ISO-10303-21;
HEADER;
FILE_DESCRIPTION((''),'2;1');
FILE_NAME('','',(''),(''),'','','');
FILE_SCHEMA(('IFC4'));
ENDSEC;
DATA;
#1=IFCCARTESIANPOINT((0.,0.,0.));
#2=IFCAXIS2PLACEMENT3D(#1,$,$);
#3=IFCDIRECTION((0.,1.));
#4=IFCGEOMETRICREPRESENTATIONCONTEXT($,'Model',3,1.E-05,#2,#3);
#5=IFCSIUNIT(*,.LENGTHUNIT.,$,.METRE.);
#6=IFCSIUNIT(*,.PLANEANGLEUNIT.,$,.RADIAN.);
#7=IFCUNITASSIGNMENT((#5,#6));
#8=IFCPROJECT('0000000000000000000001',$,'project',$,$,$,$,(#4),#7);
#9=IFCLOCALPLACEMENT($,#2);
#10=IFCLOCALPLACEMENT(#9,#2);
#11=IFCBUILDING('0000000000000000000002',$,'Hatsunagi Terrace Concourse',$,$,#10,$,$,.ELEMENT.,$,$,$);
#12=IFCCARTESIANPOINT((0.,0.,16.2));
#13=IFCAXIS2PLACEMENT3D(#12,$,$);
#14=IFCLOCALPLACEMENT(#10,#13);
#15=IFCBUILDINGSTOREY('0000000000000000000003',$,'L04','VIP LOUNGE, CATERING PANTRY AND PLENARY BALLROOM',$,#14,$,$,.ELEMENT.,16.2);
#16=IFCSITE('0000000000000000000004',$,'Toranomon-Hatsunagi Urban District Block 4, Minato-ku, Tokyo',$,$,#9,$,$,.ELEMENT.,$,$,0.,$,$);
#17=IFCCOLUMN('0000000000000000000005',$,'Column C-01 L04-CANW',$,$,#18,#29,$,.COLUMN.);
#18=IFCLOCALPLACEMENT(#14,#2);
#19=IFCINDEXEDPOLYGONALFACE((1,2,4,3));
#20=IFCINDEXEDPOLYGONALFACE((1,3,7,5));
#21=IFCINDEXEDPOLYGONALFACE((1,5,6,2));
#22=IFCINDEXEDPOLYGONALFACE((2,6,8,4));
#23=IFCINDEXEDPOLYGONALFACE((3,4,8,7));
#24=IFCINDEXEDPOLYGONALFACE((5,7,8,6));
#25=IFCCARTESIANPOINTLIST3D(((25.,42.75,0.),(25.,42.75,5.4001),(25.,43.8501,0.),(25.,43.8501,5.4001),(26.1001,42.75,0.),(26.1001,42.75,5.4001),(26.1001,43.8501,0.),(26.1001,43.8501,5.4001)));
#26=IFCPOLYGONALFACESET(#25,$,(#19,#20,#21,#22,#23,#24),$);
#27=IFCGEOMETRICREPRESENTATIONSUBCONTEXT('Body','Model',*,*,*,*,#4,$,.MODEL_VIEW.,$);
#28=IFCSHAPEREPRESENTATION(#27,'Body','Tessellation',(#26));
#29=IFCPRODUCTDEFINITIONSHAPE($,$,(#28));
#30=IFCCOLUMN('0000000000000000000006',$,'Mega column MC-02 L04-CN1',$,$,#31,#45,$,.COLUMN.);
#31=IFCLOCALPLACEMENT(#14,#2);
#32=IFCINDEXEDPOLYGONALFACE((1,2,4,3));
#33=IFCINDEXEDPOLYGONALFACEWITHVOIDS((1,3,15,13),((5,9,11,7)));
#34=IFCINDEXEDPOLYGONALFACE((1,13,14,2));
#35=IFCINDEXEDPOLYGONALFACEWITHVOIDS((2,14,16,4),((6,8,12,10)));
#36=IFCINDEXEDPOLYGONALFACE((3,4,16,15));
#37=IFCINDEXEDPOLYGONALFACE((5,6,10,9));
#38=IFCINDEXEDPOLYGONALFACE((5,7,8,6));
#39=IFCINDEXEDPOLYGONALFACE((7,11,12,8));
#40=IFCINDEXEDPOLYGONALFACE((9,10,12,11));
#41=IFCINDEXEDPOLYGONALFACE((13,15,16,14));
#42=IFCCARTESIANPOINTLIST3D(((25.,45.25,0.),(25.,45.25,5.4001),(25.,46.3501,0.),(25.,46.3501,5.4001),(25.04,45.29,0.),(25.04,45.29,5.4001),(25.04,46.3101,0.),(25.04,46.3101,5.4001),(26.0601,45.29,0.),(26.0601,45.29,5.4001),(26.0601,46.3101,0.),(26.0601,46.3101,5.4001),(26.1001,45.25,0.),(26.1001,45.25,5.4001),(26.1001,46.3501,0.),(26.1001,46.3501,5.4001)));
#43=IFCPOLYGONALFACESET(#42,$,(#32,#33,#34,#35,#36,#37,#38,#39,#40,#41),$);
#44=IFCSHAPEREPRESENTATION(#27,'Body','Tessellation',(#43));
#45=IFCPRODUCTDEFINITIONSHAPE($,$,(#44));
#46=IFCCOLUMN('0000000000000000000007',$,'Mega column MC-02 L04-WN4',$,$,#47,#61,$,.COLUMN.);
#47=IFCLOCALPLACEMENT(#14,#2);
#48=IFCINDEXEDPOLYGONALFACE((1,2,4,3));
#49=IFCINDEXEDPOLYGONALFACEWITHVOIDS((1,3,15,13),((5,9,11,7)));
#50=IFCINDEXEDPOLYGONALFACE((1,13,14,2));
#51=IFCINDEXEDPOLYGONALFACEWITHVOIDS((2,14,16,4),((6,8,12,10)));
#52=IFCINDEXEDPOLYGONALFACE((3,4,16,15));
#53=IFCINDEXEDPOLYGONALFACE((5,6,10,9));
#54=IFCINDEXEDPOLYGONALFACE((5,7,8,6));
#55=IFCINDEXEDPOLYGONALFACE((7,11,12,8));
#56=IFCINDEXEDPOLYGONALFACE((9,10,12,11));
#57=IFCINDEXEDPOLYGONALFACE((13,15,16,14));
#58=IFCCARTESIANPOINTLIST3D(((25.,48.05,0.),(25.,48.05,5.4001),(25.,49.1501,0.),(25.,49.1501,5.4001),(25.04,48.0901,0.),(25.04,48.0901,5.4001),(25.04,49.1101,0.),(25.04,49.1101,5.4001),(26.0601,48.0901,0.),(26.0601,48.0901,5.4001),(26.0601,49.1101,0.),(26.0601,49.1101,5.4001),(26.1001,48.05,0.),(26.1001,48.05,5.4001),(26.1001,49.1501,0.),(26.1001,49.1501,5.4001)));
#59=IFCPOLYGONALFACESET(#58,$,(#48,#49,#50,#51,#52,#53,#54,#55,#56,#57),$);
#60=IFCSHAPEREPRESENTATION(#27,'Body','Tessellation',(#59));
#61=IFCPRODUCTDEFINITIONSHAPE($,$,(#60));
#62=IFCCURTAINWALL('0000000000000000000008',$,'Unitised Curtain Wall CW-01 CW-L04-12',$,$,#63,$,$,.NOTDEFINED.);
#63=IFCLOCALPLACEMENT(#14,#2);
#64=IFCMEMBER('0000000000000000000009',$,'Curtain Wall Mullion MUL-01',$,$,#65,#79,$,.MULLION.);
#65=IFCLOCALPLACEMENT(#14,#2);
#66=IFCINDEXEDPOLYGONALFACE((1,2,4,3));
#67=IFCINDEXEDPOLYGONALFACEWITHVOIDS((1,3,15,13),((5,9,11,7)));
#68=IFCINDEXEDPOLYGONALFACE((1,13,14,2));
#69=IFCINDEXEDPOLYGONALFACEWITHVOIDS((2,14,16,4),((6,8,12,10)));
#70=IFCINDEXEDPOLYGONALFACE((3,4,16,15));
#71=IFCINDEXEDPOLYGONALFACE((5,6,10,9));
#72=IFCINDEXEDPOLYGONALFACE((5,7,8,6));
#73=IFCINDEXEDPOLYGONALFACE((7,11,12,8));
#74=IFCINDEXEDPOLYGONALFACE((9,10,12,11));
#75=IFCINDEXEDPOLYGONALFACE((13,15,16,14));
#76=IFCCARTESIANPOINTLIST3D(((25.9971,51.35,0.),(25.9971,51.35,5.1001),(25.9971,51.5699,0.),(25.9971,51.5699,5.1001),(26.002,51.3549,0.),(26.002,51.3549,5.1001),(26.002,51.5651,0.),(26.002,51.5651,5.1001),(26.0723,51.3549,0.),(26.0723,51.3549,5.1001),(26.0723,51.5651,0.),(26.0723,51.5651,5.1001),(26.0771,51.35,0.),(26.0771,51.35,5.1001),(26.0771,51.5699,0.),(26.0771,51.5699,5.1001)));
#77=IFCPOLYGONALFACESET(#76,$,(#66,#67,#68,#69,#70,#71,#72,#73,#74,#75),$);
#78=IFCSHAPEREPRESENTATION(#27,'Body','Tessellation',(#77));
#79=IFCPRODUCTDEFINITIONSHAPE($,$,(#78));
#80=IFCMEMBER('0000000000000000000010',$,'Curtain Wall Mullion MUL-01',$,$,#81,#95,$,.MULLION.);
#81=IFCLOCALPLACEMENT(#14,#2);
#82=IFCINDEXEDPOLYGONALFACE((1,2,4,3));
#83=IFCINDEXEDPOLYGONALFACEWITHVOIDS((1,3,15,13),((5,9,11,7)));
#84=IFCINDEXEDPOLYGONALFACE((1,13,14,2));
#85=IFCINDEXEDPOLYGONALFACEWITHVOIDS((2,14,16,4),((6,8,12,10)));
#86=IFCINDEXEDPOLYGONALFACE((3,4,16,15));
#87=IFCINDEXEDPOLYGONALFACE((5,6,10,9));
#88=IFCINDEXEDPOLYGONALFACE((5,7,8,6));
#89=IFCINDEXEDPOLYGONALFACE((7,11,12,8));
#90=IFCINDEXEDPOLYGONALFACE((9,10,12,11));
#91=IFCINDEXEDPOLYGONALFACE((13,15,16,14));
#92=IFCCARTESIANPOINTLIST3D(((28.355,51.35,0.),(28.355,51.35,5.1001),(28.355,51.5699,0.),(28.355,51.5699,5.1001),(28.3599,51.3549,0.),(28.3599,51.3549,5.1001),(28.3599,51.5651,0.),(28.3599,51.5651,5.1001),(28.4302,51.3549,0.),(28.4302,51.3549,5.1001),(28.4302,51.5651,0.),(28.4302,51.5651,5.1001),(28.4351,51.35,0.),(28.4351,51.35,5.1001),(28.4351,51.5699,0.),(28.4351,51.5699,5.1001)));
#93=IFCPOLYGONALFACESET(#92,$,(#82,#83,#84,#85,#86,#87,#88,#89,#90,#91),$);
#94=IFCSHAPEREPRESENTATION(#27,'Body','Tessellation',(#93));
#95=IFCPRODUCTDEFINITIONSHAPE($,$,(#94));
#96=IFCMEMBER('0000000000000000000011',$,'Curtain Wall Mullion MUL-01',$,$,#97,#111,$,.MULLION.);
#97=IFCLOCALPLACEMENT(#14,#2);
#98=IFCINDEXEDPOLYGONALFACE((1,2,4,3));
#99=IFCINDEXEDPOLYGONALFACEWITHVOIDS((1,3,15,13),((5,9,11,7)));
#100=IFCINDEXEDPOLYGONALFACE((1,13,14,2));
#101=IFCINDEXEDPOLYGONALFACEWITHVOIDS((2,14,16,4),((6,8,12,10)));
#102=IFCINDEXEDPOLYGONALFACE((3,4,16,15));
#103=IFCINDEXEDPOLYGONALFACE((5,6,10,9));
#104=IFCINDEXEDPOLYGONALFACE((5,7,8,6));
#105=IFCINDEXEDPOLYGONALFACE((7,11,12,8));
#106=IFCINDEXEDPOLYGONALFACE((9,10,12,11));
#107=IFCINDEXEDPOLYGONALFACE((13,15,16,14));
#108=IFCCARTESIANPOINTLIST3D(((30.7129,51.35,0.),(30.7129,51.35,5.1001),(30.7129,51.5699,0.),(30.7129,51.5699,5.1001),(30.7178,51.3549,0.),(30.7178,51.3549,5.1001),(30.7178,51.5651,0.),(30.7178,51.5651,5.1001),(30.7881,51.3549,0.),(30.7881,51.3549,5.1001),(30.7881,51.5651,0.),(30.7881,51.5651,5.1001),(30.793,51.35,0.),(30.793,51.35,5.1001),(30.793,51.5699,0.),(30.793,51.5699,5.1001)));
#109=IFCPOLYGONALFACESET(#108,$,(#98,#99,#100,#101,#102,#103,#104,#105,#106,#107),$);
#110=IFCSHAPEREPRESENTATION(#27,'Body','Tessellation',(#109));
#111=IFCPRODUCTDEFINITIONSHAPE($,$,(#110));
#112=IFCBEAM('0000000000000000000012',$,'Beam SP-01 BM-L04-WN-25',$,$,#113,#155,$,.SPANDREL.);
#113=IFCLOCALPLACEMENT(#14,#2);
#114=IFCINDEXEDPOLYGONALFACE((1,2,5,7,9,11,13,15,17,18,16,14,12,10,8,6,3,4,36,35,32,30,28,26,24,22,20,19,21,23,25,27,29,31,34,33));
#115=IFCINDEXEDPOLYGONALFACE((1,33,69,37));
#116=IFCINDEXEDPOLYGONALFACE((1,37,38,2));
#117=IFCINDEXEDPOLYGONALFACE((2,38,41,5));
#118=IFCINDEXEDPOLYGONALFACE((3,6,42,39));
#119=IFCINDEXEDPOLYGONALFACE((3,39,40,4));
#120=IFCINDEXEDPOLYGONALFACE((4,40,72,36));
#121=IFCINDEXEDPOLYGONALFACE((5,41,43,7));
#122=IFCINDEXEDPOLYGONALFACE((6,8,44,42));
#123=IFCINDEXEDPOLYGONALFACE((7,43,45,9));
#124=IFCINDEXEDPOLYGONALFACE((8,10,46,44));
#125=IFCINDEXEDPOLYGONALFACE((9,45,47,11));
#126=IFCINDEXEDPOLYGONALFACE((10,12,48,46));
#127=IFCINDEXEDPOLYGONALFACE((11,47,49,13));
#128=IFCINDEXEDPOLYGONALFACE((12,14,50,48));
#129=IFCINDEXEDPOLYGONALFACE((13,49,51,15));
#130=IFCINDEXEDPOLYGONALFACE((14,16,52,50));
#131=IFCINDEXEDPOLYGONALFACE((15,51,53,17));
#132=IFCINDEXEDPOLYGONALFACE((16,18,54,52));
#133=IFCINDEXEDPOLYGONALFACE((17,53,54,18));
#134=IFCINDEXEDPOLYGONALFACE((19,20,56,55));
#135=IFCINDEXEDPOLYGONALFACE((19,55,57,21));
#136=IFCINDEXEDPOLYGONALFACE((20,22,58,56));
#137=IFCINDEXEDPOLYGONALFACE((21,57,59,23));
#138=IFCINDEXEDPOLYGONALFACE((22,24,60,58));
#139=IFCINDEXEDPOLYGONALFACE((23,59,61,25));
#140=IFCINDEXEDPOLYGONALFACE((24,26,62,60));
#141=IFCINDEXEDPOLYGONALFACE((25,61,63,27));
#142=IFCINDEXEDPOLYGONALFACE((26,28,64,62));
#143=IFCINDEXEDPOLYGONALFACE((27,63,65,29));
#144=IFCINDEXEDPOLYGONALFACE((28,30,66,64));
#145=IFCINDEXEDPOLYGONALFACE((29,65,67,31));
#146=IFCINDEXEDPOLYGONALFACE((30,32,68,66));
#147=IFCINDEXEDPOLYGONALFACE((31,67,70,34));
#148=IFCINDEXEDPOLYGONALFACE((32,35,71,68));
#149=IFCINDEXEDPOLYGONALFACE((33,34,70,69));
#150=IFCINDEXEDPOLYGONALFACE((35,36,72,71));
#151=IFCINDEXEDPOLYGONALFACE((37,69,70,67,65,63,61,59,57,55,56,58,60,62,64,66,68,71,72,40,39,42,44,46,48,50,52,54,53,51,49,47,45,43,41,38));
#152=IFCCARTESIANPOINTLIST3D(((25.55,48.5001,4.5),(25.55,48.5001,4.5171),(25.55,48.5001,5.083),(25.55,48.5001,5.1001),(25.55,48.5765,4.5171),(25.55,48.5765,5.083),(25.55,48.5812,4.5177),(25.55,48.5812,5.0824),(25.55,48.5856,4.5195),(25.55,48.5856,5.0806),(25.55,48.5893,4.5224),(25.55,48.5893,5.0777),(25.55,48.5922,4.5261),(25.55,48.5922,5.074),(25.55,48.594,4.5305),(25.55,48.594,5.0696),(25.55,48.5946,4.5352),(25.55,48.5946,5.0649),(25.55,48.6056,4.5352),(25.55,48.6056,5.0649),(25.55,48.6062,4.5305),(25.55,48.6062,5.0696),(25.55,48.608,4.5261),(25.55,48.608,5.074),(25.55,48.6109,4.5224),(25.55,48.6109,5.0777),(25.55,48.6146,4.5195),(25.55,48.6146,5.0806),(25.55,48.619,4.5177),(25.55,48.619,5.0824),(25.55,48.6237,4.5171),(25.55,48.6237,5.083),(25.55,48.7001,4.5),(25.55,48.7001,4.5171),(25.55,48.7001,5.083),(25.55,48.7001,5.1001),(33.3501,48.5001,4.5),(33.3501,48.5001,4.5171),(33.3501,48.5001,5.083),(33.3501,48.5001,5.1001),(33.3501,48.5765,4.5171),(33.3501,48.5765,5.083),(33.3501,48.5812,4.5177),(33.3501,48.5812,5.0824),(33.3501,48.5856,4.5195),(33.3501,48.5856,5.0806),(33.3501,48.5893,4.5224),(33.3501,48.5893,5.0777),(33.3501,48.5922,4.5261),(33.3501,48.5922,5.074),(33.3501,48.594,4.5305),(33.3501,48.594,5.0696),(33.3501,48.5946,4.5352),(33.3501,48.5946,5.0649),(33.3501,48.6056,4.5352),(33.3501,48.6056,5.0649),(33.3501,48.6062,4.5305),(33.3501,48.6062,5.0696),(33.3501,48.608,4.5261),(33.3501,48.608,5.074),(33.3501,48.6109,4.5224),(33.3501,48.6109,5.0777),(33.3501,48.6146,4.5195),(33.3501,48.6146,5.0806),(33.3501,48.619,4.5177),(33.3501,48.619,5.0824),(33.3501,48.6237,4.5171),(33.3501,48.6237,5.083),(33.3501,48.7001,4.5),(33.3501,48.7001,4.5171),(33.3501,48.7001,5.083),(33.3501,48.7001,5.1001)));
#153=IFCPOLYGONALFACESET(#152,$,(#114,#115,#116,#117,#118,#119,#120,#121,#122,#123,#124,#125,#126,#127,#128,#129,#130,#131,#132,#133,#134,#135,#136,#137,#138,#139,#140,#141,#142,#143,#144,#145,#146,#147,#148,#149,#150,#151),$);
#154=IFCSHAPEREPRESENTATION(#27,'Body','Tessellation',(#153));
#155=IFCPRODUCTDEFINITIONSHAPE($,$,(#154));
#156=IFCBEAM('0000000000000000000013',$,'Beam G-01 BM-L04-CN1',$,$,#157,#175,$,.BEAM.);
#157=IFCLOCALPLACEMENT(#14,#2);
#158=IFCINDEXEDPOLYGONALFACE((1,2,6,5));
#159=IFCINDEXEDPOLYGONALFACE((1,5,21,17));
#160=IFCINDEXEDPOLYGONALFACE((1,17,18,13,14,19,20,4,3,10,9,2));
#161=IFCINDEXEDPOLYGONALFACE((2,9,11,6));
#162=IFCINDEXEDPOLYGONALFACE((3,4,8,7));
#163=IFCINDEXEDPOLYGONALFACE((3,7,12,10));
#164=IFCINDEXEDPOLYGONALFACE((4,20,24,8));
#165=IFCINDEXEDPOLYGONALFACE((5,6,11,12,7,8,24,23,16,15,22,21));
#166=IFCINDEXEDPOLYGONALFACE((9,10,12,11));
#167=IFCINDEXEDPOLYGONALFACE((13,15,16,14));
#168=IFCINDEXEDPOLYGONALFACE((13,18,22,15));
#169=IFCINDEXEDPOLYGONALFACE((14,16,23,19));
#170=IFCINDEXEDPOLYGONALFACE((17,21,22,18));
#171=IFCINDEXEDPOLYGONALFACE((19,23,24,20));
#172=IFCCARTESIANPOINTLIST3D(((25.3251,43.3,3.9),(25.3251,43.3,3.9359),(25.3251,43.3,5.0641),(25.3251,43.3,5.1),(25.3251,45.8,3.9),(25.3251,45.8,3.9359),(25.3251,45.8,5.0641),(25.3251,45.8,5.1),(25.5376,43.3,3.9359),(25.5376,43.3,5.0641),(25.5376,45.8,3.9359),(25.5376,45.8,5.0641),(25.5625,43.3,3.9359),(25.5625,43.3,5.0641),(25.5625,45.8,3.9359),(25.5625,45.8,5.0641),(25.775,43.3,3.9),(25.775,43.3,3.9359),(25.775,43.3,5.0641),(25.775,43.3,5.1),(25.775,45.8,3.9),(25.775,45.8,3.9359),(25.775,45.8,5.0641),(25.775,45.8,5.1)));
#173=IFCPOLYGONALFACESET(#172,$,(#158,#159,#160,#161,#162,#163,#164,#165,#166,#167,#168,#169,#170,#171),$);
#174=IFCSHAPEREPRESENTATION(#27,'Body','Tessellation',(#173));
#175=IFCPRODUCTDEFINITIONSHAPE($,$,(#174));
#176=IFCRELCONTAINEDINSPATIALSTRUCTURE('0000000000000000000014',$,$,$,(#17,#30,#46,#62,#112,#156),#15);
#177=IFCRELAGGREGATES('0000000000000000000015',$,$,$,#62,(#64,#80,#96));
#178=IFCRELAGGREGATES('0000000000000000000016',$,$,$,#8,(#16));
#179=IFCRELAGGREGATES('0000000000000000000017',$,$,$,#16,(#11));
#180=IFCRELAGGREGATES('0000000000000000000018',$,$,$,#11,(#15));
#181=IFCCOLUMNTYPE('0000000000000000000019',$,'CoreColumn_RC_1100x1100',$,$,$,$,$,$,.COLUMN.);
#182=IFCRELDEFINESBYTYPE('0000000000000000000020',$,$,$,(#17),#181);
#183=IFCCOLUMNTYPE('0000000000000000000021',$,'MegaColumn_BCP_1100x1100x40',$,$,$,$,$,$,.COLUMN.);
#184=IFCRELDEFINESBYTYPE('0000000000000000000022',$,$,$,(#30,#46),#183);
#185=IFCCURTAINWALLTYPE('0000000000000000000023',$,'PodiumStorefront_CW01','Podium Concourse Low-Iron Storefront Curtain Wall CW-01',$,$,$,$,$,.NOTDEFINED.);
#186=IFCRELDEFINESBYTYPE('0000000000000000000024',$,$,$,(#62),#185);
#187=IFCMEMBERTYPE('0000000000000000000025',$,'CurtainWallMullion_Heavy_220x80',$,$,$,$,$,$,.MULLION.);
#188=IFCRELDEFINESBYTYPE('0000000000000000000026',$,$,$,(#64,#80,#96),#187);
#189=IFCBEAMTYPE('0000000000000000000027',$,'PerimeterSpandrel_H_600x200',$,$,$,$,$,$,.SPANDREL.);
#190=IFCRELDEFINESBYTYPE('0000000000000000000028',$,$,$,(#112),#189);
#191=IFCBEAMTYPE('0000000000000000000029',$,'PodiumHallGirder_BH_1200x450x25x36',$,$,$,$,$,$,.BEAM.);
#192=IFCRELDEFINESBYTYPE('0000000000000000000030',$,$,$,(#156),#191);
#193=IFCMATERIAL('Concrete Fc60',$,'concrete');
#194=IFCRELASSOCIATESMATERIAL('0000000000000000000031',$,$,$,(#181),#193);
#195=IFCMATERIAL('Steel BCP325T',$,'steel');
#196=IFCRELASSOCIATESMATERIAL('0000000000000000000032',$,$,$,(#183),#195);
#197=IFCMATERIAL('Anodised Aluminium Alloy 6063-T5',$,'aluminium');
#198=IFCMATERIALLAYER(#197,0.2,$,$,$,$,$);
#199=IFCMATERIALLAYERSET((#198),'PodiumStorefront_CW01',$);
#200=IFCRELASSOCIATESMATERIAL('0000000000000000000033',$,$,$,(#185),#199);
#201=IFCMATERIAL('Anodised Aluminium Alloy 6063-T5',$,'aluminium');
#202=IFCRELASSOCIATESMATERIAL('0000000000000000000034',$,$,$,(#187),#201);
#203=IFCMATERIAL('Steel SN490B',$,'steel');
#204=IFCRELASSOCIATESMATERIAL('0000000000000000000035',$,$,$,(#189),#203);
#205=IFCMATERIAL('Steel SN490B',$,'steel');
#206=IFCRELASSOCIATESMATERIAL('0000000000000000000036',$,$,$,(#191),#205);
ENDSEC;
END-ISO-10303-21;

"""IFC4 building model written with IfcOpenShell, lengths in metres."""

from ifc_helpers import new_model, si_unit, direction, frame, origin, origin_2d, place, context, subcontext, project, spatial, rectangle, hollow_rectangle, i_section, extrude, material, layer, layer_set, material_profile, profile_set, type_object, element, aggregate, save


model = new_model("IFC4")

# Units and contexts
model_context = context("Model", 3, precision=1e-05, world=origin(), true_north=direction((0.0, 1.0)))
body_context = subcontext(model_context, "Body", "Model", "MODEL_VIEW")
ifc_project = project(units=[si_unit("LENGTHUNIT", "METRE"), si_unit("PLANEANGLEUNIT", "RADIAN")], contexts=[model_context])

# Site, building, storey
site_placement = place(None, origin())
site = spatial("IfcSite", under=ifc_project, at=site_placement, Name="Toranomon-Hatsunagi Urban District Block 4, Minato-ku, Tokyo", CompositionType="ELEMENT", RefElevation=0.0)
building_placement = place(site_placement, origin())
building = spatial("IfcBuilding", under=site, at=building_placement, Name="Hatsunagi Terrace Concourse", CompositionType="ELEMENT")
storey_placement = place(building_placement, frame((0.0, 0.0, 16.2)))
storey = spatial("IfcBuildingStorey", under=building, at=storey_placement, Name="L04", Description="VIP LOUNGE, CATERING PANTRY AND PLENARY BALLROOM", CompositionType="ELEMENT", Elevation=16.2)

# Columns
ifc_material_1 = material(Name="Concrete Fc60", Category="concrete")
ifc_material_profile_1 = material_profile(ifc_material_1, rectangle(XDim=1.1001, YDim=1.1001, at=origin_2d()), Name="RC-1100x1100")
ifc_profile_set_1 = profile_set([ifc_material_profile_1], Name="Concrete Fc60")
column_type_1 = type_object("IfcColumnType", Name="CoreColumn_RC_1100x1100", PredefinedType="COLUMN", material=ifc_profile_set_1)
column_placement = place(storey_placement, frame((25.55, 43.3, 0.0), z_axis=(0.0, 0.0, 1.0), x_axis=(1.0, 0.0, 0.0)))
element("IfcColumn", 1, at=column_placement, inside=storey, type_object=column_type_1, Name="Column C-01 L04-CANW", PredefinedType="COLUMN", context=body_context, shape_type="SweptSolid", body=[
    extrude(rectangle(XDim=1.1001, YDim=1.1001, at=origin_2d()), origin(), (0.0, 0.0, 1.0), 5.4001),
])
ifc_material_2 = material(Name="Steel BCP325T", Category="steel")
ifc_material_profile_2 = material_profile(ifc_material_2, hollow_rectangle(XDim=1.1001, YDim=1.1001, WallThickness=0.04, at=origin_2d()), Name="BCP-1100x1100x40")
ifc_profile_set_2 = profile_set([ifc_material_profile_2], Name="Steel BCP325T")
column_type_2 = type_object("IfcColumnType", Name="MegaColumn_BCP_1100x1100x40", PredefinedType="COLUMN", material=ifc_profile_set_2)
for number, where, z_axis, x_axis, name in (
    (2, (25.55, 45.8, 0.0), (0.0, 0.0, 1.0), (1.0, 0.0, 0.0), "Mega column MC-02 L04-CN1"),
    (3, (25.55, 48.6001, 0.0), (0.0, 0.0, 1.0), (1.0, 0.0, 0.0), "Mega column MC-02 L04-WN4"),
):
    element("IfcColumn", number, at=place(storey_placement, frame(where, z_axis=z_axis, x_axis=x_axis)), inside=storey, type_object=column_type_2, Name=name, PredefinedType="COLUMN", context=body_context, shape_type="SweptSolid", body=[
        extrude(hollow_rectangle(XDim=1.1001, YDim=1.1001, WallThickness=0.04, at=origin_2d()), origin(), (0.0, 0.0, 1.0), 5.4001),
    ])

# Curtain wall, members
ifc_material_3 = material(Name="Anodised Aluminium Alloy 6063-T5", Category="aluminium")
ifc_layer_1 = layer(ifc_material_3, 0.2)
ifc_layer_set_1 = layer_set([ifc_layer_1], Name="PodiumStorefront_CW01")
curtain_wall_type = type_object("IfcCurtainWallType", Name="PodiumStorefront_CW01", Description="Podium Concourse Low-Iron Storefront Curtain Wall CW-01", PredefinedType="NOTDEFINED", material=ifc_layer_set_1)
curtain_wall_placement = place(storey_placement, origin())
curtain_wall = element("IfcCurtainWall", 4, at=curtain_wall_placement, inside=storey, type_object=curtain_wall_type, Name="Unitised Curtain Wall CW-01 CW-L04-12", PredefinedType="NOTDEFINED")
ifc_material_4 = material(Name="Anodised Aluminium Alloy 6063-T5", Category="aluminium")
ifc_material_profile_3 = material_profile(ifc_material_4, hollow_rectangle(XDim=0.0801, YDim=0.22, WallThickness=0.0049, at=origin_2d()), Name="ALU-MUL-220x80x5")
ifc_profile_set_3 = profile_set([ifc_material_profile_3], Name="Anodised Aluminium Alloy 6063-T5")
member_type = type_object("IfcMemberType", Name="CurtainWallMullion_Heavy_220x80", PredefinedType="MULLION", material=ifc_profile_set_3)
member_1_placement = place(storey_placement, frame((26.0371, 51.46, 0.0), z_axis=(0.0, 0.0, 1.0), x_axis=(1.0, 0.0, 0.0)))
member_1 = element("IfcMember", 5, at=member_1_placement, type_object=member_type, Name="Curtain Wall Mullion MUL-01", PredefinedType="MULLION", context=body_context, shape_type="SweptSolid", body=[
    extrude(hollow_rectangle(XDim=0.0801, YDim=0.22, WallThickness=0.0049, at=origin_2d()), origin(), (0.0, 0.0, 1.0), 5.1001),
])
member_2_placement = place(storey_placement, frame((28.395, 51.46, 0.0), z_axis=(0.0, 0.0, 1.0), x_axis=(1.0, 0.0, 0.0)))
member_2 = element("IfcMember", 6, at=member_2_placement, type_object=member_type, Name="Curtain Wall Mullion MUL-01", PredefinedType="MULLION", context=body_context, shape_type="SweptSolid", body=[
    extrude(hollow_rectangle(XDim=0.0801, YDim=0.22, WallThickness=0.0049, at=origin_2d()), origin(), (0.0, 0.0, 1.0), 5.1001),
])
member_3_placement = place(storey_placement, frame((30.7529, 51.46, 0.0), z_axis=(0.0, 0.0, 1.0), x_axis=(1.0, 0.0, 0.0)))
member_3 = element("IfcMember", 7, at=member_3_placement, type_object=member_type, Name="Curtain Wall Mullion MUL-01", PredefinedType="MULLION", context=body_context, shape_type="SweptSolid", body=[
    extrude(hollow_rectangle(XDim=0.0801, YDim=0.22, WallThickness=0.0049, at=origin_2d()), origin(), (0.0, 0.0, 1.0), 5.1001),
])

# Beams
ifc_material_5 = material(Name="Steel SN490B", Category="steel")
ifc_material_profile_4 = material_profile(ifc_material_5, i_section(OverallWidth=0.2, OverallDepth=0.6001, WebThickness=0.011, FlangeThickness=0.0171, FilletRadius=0.0181, at=origin_2d()), Name="H-600x200x11x17")
ifc_profile_set_4 = profile_set([ifc_material_profile_4], Name="Steel SN490B")
beam_type_1 = type_object("IfcBeamType", Name="PerimeterSpandrel_H_600x200", PredefinedType="SPANDREL", material=ifc_profile_set_4)
beam_1_placement = place(storey_placement, frame((25.55, 48.6001, 4.8), z_axis=(1.0, 0.0, 0.0), x_axis=(0.0, 1.0, 0.0)))
element("IfcBeam", 8, at=beam_1_placement, inside=storey, type_object=beam_type_1, Name="Beam SP-01 BM-L04-WN-25", PredefinedType="SPANDREL", context=body_context, shape_type="SweptSolid", body=[
    extrude(i_section(OverallWidth=0.2, OverallDepth=0.6001, WebThickness=0.011, FlangeThickness=0.0171, FilletRadius=0.0181, at=origin_2d()), origin(), (0.0, 0.0, 1.0), 7.8),
])
ifc_material_6 = material(Name="Steel SN490B", Category="steel")
ifc_material_profile_5 = material_profile(ifc_material_6, i_section(OverallWidth=0.45, OverallDepth=1.2, WebThickness=0.0249, FlangeThickness=0.0359, at=origin_2d()), Name="BH-1200x450x25x36")
ifc_profile_set_5 = profile_set([ifc_material_profile_5], Name="Steel SN490B")
beam_type_2 = type_object("IfcBeamType", Name="PodiumHallGirder_BH_1200x450x25x36", PredefinedType="BEAM", material=ifc_profile_set_5)
beam_2_placement = place(storey_placement, frame((25.55, 43.3, 4.5), z_axis=(0.0, 1.0, 0.0), x_axis=(-1.0, 0.0, 0.0)))
element("IfcBeam", 9, at=beam_2_placement, inside=storey, type_object=beam_type_2, Name="Beam G-01 BM-L04-CN1", PredefinedType="BEAM", context=body_context, shape_type="SweptSolid", body=[
    extrude(i_section(OverallWidth=0.45, OverallDepth=1.2, WebThickness=0.0249, FlangeThickness=0.0359, at=origin_2d()), origin(), (0.0, 0.0, 1.0), 2.5),
])

aggregate(curtain_wall, [member_1, member_2, member_3])

save(model, "model.ifc")
